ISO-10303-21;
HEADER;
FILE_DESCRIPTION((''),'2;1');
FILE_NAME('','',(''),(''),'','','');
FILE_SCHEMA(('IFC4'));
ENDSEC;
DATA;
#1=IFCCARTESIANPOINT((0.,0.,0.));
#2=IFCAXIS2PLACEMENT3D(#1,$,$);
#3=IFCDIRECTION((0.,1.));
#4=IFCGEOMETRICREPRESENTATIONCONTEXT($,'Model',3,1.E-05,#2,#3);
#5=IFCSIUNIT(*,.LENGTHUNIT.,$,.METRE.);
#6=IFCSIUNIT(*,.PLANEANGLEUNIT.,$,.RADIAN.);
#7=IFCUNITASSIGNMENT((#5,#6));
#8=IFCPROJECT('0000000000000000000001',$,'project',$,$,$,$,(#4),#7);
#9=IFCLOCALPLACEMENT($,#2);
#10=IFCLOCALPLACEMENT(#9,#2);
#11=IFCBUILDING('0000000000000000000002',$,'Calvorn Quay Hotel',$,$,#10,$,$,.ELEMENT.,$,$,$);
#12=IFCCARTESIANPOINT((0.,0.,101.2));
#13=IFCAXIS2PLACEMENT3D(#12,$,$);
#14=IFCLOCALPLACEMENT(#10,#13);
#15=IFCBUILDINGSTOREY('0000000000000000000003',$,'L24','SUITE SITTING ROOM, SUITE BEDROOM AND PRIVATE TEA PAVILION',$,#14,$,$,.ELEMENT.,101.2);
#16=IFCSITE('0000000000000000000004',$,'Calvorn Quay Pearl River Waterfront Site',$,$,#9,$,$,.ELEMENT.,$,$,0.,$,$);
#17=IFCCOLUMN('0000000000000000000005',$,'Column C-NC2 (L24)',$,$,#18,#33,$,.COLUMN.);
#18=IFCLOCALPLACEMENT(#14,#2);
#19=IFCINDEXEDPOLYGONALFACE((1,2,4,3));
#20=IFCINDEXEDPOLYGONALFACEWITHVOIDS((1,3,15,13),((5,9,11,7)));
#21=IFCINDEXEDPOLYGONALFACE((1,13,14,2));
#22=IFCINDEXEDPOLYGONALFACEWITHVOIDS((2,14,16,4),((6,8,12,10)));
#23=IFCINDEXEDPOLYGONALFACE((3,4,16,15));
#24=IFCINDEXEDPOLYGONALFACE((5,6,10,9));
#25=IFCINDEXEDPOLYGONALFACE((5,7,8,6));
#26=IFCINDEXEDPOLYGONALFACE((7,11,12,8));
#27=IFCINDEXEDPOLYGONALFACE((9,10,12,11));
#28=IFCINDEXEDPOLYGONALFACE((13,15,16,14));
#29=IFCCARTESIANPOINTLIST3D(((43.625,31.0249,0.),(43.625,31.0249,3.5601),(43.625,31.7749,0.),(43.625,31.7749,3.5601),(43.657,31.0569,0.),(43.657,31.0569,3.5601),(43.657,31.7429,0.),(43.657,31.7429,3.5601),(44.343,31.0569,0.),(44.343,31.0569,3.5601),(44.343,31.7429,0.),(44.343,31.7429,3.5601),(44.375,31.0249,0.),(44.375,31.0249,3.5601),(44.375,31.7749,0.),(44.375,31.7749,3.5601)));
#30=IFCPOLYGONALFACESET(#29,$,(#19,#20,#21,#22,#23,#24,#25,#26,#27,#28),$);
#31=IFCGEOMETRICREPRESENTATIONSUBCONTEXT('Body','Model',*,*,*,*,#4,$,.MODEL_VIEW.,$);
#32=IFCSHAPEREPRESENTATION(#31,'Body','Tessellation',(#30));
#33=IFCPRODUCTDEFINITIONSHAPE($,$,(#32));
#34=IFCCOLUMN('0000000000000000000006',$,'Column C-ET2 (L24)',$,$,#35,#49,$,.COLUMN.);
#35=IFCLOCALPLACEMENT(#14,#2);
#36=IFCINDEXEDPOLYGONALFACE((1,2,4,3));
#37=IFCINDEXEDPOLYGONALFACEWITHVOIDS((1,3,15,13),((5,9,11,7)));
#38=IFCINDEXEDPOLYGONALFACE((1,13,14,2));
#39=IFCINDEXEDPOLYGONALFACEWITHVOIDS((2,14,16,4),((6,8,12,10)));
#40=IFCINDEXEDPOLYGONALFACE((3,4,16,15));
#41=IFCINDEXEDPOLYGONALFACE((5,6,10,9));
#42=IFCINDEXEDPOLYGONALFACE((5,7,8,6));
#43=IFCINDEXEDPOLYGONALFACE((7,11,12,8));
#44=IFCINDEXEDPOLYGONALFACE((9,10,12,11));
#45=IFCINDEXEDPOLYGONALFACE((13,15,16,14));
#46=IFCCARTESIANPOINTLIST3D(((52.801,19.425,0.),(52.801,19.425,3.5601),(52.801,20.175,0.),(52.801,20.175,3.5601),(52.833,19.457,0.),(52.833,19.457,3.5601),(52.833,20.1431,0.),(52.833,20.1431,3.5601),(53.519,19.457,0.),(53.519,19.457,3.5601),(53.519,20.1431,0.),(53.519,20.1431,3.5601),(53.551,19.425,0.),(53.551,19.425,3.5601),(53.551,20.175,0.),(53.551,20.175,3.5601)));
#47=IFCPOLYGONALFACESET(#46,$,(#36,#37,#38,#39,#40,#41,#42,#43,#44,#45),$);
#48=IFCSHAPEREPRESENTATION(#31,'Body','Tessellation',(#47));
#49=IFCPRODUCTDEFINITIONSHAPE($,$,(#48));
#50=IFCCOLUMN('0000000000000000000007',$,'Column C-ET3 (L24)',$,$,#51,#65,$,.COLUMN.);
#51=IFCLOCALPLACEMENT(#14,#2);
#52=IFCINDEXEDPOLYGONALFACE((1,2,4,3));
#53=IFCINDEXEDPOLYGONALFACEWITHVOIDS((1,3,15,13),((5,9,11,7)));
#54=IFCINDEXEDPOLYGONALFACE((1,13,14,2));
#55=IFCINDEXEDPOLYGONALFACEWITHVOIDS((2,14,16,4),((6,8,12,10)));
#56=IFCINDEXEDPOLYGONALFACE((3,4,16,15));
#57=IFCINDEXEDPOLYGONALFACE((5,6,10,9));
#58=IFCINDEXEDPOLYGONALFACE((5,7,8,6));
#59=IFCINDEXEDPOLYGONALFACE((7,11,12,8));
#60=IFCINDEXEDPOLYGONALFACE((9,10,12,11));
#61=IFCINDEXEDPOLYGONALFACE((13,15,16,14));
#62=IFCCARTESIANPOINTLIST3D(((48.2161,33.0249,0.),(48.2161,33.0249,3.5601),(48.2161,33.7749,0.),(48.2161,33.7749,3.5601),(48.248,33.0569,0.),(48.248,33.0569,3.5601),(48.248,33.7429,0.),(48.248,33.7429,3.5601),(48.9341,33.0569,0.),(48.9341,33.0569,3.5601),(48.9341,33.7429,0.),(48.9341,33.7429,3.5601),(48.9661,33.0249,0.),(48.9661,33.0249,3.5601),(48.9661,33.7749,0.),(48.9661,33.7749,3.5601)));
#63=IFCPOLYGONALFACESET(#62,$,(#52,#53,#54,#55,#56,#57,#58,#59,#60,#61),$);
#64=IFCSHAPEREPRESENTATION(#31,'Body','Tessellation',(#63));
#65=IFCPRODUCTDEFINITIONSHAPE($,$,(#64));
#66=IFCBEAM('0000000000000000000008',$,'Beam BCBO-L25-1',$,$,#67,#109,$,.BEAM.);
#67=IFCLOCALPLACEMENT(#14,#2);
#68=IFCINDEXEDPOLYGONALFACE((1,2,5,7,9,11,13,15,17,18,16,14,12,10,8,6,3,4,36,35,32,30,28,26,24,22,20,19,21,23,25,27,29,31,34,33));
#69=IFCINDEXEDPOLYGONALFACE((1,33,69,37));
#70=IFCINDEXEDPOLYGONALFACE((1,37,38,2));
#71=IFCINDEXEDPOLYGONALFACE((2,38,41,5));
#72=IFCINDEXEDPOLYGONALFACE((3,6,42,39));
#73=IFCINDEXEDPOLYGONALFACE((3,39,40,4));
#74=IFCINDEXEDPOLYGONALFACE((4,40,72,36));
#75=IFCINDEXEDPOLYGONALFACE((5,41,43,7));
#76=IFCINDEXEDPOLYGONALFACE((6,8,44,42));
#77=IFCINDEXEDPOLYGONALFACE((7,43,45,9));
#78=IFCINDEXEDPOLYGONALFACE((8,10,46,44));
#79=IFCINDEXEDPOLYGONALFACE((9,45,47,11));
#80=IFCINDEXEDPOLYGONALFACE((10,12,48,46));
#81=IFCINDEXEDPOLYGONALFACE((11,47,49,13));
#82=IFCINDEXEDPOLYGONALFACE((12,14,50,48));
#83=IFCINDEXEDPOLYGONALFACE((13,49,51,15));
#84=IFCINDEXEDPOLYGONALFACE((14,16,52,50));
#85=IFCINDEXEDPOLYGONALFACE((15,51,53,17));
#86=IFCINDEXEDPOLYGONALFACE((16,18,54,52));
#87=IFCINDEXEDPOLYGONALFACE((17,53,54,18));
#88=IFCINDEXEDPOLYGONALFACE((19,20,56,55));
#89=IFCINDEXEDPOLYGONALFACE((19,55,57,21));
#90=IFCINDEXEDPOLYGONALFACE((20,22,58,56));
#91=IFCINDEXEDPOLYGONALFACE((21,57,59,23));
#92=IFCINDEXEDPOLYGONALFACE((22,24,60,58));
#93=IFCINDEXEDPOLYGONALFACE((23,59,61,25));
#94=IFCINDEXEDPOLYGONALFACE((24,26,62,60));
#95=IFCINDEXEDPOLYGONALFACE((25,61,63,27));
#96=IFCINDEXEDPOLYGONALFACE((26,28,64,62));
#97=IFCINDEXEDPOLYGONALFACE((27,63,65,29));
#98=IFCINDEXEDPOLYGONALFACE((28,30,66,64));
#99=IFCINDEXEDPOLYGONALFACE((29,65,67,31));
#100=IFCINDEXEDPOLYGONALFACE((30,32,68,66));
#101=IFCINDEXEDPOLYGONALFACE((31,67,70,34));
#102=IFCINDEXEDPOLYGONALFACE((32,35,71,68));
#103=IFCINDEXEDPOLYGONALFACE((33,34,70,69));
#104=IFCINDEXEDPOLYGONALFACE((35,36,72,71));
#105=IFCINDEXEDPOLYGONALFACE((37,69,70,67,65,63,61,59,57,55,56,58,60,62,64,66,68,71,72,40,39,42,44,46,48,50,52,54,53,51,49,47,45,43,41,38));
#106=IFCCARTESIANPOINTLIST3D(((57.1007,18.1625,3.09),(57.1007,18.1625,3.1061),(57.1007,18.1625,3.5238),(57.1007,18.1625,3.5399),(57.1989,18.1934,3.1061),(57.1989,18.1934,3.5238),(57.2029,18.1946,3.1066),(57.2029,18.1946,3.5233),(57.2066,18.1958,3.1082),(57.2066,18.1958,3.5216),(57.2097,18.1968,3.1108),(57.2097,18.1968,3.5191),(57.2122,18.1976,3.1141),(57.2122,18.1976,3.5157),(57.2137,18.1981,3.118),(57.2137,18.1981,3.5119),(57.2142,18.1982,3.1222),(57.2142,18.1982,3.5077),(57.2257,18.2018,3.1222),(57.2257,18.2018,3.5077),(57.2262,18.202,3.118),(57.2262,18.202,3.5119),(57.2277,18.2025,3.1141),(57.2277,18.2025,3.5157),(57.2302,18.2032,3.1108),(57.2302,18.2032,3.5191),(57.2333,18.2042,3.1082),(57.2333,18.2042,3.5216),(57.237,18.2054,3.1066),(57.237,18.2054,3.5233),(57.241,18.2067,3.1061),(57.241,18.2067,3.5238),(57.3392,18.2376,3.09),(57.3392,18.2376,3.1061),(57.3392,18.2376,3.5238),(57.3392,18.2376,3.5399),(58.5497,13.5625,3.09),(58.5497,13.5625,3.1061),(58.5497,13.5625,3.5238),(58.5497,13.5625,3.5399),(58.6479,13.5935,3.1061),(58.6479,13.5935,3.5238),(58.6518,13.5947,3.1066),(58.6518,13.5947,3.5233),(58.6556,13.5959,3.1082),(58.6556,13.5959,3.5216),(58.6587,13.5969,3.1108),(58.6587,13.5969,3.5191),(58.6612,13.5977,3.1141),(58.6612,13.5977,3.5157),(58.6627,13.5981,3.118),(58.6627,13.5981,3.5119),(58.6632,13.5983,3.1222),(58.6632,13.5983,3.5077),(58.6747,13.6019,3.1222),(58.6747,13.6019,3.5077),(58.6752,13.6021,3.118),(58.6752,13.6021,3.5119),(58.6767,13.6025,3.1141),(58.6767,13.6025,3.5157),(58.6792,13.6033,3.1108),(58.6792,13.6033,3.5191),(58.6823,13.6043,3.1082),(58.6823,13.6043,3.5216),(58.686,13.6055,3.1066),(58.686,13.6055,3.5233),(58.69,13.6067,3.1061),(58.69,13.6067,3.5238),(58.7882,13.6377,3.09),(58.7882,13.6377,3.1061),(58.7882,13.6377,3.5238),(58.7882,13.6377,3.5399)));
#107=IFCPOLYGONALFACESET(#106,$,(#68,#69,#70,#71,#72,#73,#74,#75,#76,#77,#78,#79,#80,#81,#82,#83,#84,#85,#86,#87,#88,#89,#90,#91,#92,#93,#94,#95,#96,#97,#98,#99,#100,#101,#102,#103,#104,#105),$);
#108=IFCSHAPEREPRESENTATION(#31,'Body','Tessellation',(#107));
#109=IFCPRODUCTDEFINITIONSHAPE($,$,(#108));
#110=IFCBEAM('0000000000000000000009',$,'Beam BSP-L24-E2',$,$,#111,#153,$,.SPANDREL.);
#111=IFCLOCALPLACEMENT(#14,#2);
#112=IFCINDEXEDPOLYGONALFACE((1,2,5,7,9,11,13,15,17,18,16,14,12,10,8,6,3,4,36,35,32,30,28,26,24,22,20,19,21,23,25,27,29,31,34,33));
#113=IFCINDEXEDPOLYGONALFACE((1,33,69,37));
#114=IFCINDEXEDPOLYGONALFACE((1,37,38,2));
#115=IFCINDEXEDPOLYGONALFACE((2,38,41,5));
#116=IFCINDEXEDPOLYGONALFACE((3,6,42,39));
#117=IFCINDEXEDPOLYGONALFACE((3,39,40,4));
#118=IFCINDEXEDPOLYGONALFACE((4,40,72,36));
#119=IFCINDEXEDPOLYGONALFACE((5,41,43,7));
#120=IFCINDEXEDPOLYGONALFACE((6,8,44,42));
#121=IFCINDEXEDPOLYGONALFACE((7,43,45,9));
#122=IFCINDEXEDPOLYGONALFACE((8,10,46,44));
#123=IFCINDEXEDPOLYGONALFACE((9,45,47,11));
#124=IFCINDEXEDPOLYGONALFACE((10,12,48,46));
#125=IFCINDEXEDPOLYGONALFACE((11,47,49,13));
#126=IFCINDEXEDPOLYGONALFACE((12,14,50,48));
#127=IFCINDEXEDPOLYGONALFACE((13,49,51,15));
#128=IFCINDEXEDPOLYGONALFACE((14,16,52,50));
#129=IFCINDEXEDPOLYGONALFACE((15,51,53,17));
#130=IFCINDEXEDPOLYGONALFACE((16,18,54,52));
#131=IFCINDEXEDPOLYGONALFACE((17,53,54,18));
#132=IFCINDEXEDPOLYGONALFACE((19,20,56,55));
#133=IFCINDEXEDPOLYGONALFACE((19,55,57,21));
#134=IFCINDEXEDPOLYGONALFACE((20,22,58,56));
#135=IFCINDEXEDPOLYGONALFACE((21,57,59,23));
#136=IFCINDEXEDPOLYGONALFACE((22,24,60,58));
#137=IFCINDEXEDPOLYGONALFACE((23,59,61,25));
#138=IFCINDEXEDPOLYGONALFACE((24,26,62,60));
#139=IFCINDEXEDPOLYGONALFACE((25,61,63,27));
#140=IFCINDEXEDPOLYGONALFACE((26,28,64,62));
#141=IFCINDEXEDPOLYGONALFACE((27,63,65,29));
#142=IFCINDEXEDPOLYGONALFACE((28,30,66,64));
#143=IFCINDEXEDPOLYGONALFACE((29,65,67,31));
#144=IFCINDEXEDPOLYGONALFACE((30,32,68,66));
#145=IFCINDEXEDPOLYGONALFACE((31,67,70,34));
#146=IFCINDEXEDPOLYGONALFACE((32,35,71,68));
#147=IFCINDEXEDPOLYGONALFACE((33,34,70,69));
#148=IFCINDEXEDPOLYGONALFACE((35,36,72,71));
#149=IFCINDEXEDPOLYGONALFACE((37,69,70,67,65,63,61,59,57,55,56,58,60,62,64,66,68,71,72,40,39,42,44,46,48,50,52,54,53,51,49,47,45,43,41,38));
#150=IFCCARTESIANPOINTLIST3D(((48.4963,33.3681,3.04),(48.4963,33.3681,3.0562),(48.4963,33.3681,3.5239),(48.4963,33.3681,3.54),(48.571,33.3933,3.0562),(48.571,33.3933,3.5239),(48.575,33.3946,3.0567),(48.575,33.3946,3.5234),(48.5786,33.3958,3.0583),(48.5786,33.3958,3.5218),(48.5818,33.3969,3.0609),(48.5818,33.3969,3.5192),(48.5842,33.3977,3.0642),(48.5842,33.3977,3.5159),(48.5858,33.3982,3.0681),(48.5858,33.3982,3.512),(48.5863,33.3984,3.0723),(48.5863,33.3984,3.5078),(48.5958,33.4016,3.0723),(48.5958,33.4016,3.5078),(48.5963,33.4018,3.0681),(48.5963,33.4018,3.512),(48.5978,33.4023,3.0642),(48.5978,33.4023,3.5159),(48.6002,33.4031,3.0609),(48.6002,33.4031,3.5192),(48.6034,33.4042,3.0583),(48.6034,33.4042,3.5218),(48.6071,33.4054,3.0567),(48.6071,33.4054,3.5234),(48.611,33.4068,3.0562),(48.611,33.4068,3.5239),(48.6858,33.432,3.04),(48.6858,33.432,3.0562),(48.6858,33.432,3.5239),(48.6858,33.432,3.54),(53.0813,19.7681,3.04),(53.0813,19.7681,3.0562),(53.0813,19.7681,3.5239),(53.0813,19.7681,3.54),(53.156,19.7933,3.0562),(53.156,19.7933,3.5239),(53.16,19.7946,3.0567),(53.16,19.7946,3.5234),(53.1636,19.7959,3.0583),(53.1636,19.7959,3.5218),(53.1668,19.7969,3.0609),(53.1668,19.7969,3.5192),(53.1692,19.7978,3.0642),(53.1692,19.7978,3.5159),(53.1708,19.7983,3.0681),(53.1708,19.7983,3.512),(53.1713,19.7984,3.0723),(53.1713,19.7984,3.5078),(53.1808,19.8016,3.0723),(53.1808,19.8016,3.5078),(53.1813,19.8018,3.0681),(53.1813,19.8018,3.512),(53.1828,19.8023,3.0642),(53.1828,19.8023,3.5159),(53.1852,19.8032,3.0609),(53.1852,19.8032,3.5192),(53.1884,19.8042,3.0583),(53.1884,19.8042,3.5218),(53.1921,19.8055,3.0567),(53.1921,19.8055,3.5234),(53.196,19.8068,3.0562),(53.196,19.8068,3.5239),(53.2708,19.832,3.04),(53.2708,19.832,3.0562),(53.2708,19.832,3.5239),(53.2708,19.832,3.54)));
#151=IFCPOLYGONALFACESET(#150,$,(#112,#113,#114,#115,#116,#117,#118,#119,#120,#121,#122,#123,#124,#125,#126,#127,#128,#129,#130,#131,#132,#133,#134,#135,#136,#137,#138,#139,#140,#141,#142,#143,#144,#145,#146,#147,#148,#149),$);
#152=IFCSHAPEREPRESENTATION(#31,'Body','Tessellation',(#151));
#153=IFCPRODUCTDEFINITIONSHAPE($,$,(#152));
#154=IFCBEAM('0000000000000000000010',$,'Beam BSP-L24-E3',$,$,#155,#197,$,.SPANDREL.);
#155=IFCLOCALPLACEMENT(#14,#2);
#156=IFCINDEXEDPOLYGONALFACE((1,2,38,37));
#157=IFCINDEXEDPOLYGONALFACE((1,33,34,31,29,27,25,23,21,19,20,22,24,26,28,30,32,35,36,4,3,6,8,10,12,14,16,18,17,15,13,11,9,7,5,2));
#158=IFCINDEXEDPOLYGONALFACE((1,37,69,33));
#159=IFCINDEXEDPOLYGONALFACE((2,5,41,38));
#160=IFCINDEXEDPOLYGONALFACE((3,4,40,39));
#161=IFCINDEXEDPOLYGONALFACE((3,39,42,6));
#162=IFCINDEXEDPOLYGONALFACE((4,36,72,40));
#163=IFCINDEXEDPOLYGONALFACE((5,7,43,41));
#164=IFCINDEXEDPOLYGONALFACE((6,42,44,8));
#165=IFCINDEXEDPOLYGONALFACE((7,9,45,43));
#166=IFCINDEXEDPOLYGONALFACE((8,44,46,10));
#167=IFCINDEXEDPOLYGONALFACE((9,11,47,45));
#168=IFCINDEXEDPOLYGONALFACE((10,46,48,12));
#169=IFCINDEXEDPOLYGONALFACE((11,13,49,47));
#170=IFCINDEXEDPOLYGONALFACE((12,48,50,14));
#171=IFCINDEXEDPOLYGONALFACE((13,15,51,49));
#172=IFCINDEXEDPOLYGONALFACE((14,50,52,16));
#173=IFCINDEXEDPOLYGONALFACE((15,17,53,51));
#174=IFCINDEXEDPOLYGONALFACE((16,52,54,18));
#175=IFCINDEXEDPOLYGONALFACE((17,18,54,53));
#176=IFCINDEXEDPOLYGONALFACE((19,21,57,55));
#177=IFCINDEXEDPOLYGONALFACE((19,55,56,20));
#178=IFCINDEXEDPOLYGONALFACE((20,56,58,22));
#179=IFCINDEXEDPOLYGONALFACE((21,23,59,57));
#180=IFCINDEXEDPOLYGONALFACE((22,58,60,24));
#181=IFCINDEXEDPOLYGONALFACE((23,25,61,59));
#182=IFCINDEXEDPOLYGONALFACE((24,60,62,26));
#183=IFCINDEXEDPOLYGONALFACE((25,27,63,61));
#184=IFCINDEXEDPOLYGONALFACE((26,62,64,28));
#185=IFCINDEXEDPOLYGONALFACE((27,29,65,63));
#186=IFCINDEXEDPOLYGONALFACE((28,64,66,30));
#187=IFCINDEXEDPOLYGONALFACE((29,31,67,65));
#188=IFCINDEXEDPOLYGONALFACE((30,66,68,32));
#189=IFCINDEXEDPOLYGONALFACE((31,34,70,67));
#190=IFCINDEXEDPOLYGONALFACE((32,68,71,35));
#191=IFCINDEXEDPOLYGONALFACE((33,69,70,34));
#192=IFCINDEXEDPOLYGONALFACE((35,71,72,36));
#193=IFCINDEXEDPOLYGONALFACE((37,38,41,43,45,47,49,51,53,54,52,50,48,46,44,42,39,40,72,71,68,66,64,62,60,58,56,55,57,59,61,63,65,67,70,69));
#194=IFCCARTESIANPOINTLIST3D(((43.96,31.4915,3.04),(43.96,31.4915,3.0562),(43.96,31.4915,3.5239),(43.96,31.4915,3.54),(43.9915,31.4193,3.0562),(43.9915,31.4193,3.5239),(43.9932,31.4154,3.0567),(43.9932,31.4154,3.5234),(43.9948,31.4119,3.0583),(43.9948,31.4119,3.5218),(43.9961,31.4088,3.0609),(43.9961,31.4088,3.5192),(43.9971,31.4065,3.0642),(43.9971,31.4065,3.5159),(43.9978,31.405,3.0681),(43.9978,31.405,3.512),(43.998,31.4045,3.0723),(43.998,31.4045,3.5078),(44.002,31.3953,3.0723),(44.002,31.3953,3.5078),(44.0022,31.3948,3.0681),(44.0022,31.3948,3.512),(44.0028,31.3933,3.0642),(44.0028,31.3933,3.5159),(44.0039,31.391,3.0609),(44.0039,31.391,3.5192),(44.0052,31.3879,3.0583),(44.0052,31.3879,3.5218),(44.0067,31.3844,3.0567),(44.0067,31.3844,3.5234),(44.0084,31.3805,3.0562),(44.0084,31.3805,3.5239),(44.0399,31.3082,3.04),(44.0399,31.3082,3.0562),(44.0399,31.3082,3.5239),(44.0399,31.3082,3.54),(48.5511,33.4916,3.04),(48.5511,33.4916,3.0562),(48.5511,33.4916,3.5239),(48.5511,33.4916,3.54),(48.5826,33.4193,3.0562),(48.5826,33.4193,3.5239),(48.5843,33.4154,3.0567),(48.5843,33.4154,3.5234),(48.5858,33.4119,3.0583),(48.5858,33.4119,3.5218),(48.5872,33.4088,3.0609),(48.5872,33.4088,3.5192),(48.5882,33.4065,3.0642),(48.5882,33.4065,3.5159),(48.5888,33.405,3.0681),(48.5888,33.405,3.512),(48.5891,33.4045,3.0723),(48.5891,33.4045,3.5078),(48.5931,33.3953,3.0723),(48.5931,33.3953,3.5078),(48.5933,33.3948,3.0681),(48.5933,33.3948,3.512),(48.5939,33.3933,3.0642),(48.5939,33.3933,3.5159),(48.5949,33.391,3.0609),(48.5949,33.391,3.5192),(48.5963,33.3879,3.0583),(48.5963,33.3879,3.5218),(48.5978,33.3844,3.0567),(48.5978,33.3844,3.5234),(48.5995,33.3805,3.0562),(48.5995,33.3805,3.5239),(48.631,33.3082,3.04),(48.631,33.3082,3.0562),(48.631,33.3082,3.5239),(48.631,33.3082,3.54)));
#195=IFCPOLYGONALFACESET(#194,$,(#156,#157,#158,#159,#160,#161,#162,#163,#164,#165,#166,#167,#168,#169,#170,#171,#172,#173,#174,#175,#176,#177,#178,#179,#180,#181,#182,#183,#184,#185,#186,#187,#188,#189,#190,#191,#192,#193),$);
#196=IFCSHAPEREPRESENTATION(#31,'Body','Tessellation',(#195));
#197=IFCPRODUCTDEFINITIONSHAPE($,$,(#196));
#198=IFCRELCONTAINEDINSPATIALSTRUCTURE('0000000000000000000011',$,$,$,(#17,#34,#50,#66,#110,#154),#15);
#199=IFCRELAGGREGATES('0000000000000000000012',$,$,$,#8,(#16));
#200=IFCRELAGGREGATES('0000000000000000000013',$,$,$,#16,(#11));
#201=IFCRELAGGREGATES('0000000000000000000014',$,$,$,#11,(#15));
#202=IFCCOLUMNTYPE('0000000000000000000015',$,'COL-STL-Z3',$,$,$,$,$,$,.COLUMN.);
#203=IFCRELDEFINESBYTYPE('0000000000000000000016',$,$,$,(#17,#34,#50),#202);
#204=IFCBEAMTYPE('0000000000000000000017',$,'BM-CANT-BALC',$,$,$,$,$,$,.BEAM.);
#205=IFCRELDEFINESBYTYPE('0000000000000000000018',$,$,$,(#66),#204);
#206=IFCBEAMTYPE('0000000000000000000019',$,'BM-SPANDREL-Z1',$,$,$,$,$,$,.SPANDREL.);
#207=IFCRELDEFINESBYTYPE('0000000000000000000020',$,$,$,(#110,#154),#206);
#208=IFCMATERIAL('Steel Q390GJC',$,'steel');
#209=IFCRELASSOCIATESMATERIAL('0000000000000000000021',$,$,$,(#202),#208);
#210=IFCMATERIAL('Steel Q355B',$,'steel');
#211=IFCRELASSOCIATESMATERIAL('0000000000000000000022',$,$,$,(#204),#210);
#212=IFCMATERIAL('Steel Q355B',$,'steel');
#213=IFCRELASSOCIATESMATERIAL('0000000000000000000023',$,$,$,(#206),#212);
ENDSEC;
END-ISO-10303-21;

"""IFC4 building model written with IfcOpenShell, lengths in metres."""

from ifc_helpers import new_model, si_unit, direction, frame, origin, origin_2d, place, context, subcontext, project, spatial, hollow_rectangle, i_section, extrude, material, material_profile, profile_set, type_object, element, save


model = new_model("IFC4")

# Units and contexts
model_context = context("Model", 3, precision=1e-05, world=origin(), true_north=direction((0.0, 1.0)))
body_context = subcontext(model_context, "Body", "Model", "MODEL_VIEW")
ifc_project = project(units=[si_unit("LENGTHUNIT", "METRE"), si_unit("PLANEANGLEUNIT", "RADIAN")], contexts=[model_context])

# Site, building, storey
site_placement = place(None, origin())
site = spatial("IfcSite", under=ifc_project, at=site_placement, Name="Calvorn Quay Pearl River Waterfront Site", CompositionType="ELEMENT", RefElevation=0.0)
building_placement = place(site_placement, origin())
building = spatial("IfcBuilding", under=site, at=building_placement, Name="Calvorn Quay Hotel", CompositionType="ELEMENT")
storey_placement = place(building_placement, frame((0.0, 0.0, 101.2)))
storey = spatial("IfcBuildingStorey", under=building, at=storey_placement, Name="L24", Description="SUITE SITTING ROOM, SUITE BEDROOM AND PRIVATE TEA PAVILION", CompositionType="ELEMENT", Elevation=101.2)

# Columns
ifc_material_1 = material(Name="Steel Q390GJC", Category="steel")
ifc_material_profile_1 = material_profile(ifc_material_1, hollow_rectangle(XDim=0.75, YDim=0.75, WallThickness=0.032, at=origin_2d()), Name="BOX750x750x32")
ifc_profile_set_1 = profile_set([ifc_material_profile_1], Name="Steel Q390GJC")
column_type = type_object("IfcColumnType", Name="COL-STL-Z3", PredefinedType="COLUMN", material=ifc_profile_set_1)
for number, where, z_axis, x_axis, name in (
    (1, (44.0, 31.3999, 0.0), (0.0, 0.0, 1.0), (1.0, 0.0, 0.0), "Column C-NC2 (L24)"),
    (2, (53.176, 19.8, 0.0), (0.0, 0.0, 1.0), (1.0, 0.0, 0.0), "Column C-ET2 (L24)"),
    (3, (48.5911, 33.3999, 0.0), (0.0, 0.0, 1.0), (1.0, 0.0, 0.0), "Column C-ET3 (L24)"),
):
    element("IfcColumn", number, at=place(storey_placement, frame(where, z_axis=z_axis, x_axis=x_axis)), inside=storey, type_object=column_type, Name=name, PredefinedType="COLUMN", context=body_context, shape_type="SweptSolid", body=[
        extrude(hollow_rectangle(XDim=0.75, YDim=0.75, WallThickness=0.032, at=origin_2d()), origin(), (0.0, 0.0, 1.0), 3.5601),
    ])

# Beams
ifc_material_2 = material(Name="Steel Q355B", Category="steel")
ifc_material_profile_2 = material_profile(ifc_material_2, i_section(OverallWidth=0.25, OverallDepth=0.45, WebThickness=0.012, FlangeThickness=0.0161, FilletRadius=0.0161, at=origin_2d()), Name="HN450x250x12x16")
ifc_profile_set_2 = profile_set([ifc_material_profile_2], Name="Steel Q355B")
beam_type_1 = type_object("IfcBeamType", Name="BM-CANT-BALC", PredefinedType="BEAM", material=ifc_profile_set_2)
beam_1_placement = place(storey_placement, frame((58.6689, 13.6001, 3.3149), z_axis=(-0.30045, 0.953797, 0.0), x_axis=(-0.953797, -0.30045, 0.0)))
element("IfcBeam", 4, at=beam_1_placement, inside=storey, type_object=beam_type_1, Name="Beam BCBO-L25-1", PredefinedType="BEAM", context=body_context, shape_type="SweptSolid", body=[
    extrude(i_section(OverallWidth=0.25, OverallDepth=0.45, WebThickness=0.012, FlangeThickness=0.0161, FilletRadius=0.0161, at=origin_2d()), origin(), (0.0, 0.0, 1.0), 4.8228),
])
ifc_material_3 = material(Name="Steel Q355B", Category="steel")
ifc_material_profile_3 = material_profile(ifc_material_3, i_section(OverallWidth=0.2, OverallDepth=0.5, WebThickness=0.01, FlangeThickness=0.0161, FilletRadius=0.0161, at=origin_2d()), Name="HN500x200x10x16")
ifc_profile_set_3 = profile_set([ifc_material_profile_3], Name="Steel Q355B")
beam_type_2 = type_object("IfcBeamType", Name="BM-SPANDREL-Z1", PredefinedType="SPANDREL", material=ifc_profile_set_3)
beam_2_placement = place(storey_placement, frame((53.176, 19.8, 3.29), z_axis=(-0.319467, 0.947598, 0.0), x_axis=(-0.947598, -0.319467, 0.0)))
element("IfcBeam", 5, at=beam_2_placement, inside=storey, type_object=beam_type_2, Name="Beam BSP-L24-E2", PredefinedType="SPANDREL", context=body_context, shape_type="SweptSolid", body=[
    extrude(i_section(OverallWidth=0.2, OverallDepth=0.5, WebThickness=0.01, FlangeThickness=0.0161, FilletRadius=0.0161, at=origin_2d()), origin(), (0.0, 0.0, 1.0), 14.3521),
])
beam_3_placement = place(storey_placement, frame((48.5911, 33.3999, 3.29), z_axis=(-0.916786, -0.399378, 0.0), x_axis=(0.399378, -0.916786, 0.0)))
element("IfcBeam", 6, at=beam_3_placement, inside=storey, type_object=beam_type_2, Name="Beam BSP-L24-E3", PredefinedType="SPANDREL", context=body_context, shape_type="SweptSolid", body=[
    extrude(i_section(OverallWidth=0.2, OverallDepth=0.5, WebThickness=0.01, FlangeThickness=0.0161, FilletRadius=0.0161, at=origin_2d()), origin(), (0.0, 0.0, 1.0), 5.0078),
])

save(model, "model.ifc")
